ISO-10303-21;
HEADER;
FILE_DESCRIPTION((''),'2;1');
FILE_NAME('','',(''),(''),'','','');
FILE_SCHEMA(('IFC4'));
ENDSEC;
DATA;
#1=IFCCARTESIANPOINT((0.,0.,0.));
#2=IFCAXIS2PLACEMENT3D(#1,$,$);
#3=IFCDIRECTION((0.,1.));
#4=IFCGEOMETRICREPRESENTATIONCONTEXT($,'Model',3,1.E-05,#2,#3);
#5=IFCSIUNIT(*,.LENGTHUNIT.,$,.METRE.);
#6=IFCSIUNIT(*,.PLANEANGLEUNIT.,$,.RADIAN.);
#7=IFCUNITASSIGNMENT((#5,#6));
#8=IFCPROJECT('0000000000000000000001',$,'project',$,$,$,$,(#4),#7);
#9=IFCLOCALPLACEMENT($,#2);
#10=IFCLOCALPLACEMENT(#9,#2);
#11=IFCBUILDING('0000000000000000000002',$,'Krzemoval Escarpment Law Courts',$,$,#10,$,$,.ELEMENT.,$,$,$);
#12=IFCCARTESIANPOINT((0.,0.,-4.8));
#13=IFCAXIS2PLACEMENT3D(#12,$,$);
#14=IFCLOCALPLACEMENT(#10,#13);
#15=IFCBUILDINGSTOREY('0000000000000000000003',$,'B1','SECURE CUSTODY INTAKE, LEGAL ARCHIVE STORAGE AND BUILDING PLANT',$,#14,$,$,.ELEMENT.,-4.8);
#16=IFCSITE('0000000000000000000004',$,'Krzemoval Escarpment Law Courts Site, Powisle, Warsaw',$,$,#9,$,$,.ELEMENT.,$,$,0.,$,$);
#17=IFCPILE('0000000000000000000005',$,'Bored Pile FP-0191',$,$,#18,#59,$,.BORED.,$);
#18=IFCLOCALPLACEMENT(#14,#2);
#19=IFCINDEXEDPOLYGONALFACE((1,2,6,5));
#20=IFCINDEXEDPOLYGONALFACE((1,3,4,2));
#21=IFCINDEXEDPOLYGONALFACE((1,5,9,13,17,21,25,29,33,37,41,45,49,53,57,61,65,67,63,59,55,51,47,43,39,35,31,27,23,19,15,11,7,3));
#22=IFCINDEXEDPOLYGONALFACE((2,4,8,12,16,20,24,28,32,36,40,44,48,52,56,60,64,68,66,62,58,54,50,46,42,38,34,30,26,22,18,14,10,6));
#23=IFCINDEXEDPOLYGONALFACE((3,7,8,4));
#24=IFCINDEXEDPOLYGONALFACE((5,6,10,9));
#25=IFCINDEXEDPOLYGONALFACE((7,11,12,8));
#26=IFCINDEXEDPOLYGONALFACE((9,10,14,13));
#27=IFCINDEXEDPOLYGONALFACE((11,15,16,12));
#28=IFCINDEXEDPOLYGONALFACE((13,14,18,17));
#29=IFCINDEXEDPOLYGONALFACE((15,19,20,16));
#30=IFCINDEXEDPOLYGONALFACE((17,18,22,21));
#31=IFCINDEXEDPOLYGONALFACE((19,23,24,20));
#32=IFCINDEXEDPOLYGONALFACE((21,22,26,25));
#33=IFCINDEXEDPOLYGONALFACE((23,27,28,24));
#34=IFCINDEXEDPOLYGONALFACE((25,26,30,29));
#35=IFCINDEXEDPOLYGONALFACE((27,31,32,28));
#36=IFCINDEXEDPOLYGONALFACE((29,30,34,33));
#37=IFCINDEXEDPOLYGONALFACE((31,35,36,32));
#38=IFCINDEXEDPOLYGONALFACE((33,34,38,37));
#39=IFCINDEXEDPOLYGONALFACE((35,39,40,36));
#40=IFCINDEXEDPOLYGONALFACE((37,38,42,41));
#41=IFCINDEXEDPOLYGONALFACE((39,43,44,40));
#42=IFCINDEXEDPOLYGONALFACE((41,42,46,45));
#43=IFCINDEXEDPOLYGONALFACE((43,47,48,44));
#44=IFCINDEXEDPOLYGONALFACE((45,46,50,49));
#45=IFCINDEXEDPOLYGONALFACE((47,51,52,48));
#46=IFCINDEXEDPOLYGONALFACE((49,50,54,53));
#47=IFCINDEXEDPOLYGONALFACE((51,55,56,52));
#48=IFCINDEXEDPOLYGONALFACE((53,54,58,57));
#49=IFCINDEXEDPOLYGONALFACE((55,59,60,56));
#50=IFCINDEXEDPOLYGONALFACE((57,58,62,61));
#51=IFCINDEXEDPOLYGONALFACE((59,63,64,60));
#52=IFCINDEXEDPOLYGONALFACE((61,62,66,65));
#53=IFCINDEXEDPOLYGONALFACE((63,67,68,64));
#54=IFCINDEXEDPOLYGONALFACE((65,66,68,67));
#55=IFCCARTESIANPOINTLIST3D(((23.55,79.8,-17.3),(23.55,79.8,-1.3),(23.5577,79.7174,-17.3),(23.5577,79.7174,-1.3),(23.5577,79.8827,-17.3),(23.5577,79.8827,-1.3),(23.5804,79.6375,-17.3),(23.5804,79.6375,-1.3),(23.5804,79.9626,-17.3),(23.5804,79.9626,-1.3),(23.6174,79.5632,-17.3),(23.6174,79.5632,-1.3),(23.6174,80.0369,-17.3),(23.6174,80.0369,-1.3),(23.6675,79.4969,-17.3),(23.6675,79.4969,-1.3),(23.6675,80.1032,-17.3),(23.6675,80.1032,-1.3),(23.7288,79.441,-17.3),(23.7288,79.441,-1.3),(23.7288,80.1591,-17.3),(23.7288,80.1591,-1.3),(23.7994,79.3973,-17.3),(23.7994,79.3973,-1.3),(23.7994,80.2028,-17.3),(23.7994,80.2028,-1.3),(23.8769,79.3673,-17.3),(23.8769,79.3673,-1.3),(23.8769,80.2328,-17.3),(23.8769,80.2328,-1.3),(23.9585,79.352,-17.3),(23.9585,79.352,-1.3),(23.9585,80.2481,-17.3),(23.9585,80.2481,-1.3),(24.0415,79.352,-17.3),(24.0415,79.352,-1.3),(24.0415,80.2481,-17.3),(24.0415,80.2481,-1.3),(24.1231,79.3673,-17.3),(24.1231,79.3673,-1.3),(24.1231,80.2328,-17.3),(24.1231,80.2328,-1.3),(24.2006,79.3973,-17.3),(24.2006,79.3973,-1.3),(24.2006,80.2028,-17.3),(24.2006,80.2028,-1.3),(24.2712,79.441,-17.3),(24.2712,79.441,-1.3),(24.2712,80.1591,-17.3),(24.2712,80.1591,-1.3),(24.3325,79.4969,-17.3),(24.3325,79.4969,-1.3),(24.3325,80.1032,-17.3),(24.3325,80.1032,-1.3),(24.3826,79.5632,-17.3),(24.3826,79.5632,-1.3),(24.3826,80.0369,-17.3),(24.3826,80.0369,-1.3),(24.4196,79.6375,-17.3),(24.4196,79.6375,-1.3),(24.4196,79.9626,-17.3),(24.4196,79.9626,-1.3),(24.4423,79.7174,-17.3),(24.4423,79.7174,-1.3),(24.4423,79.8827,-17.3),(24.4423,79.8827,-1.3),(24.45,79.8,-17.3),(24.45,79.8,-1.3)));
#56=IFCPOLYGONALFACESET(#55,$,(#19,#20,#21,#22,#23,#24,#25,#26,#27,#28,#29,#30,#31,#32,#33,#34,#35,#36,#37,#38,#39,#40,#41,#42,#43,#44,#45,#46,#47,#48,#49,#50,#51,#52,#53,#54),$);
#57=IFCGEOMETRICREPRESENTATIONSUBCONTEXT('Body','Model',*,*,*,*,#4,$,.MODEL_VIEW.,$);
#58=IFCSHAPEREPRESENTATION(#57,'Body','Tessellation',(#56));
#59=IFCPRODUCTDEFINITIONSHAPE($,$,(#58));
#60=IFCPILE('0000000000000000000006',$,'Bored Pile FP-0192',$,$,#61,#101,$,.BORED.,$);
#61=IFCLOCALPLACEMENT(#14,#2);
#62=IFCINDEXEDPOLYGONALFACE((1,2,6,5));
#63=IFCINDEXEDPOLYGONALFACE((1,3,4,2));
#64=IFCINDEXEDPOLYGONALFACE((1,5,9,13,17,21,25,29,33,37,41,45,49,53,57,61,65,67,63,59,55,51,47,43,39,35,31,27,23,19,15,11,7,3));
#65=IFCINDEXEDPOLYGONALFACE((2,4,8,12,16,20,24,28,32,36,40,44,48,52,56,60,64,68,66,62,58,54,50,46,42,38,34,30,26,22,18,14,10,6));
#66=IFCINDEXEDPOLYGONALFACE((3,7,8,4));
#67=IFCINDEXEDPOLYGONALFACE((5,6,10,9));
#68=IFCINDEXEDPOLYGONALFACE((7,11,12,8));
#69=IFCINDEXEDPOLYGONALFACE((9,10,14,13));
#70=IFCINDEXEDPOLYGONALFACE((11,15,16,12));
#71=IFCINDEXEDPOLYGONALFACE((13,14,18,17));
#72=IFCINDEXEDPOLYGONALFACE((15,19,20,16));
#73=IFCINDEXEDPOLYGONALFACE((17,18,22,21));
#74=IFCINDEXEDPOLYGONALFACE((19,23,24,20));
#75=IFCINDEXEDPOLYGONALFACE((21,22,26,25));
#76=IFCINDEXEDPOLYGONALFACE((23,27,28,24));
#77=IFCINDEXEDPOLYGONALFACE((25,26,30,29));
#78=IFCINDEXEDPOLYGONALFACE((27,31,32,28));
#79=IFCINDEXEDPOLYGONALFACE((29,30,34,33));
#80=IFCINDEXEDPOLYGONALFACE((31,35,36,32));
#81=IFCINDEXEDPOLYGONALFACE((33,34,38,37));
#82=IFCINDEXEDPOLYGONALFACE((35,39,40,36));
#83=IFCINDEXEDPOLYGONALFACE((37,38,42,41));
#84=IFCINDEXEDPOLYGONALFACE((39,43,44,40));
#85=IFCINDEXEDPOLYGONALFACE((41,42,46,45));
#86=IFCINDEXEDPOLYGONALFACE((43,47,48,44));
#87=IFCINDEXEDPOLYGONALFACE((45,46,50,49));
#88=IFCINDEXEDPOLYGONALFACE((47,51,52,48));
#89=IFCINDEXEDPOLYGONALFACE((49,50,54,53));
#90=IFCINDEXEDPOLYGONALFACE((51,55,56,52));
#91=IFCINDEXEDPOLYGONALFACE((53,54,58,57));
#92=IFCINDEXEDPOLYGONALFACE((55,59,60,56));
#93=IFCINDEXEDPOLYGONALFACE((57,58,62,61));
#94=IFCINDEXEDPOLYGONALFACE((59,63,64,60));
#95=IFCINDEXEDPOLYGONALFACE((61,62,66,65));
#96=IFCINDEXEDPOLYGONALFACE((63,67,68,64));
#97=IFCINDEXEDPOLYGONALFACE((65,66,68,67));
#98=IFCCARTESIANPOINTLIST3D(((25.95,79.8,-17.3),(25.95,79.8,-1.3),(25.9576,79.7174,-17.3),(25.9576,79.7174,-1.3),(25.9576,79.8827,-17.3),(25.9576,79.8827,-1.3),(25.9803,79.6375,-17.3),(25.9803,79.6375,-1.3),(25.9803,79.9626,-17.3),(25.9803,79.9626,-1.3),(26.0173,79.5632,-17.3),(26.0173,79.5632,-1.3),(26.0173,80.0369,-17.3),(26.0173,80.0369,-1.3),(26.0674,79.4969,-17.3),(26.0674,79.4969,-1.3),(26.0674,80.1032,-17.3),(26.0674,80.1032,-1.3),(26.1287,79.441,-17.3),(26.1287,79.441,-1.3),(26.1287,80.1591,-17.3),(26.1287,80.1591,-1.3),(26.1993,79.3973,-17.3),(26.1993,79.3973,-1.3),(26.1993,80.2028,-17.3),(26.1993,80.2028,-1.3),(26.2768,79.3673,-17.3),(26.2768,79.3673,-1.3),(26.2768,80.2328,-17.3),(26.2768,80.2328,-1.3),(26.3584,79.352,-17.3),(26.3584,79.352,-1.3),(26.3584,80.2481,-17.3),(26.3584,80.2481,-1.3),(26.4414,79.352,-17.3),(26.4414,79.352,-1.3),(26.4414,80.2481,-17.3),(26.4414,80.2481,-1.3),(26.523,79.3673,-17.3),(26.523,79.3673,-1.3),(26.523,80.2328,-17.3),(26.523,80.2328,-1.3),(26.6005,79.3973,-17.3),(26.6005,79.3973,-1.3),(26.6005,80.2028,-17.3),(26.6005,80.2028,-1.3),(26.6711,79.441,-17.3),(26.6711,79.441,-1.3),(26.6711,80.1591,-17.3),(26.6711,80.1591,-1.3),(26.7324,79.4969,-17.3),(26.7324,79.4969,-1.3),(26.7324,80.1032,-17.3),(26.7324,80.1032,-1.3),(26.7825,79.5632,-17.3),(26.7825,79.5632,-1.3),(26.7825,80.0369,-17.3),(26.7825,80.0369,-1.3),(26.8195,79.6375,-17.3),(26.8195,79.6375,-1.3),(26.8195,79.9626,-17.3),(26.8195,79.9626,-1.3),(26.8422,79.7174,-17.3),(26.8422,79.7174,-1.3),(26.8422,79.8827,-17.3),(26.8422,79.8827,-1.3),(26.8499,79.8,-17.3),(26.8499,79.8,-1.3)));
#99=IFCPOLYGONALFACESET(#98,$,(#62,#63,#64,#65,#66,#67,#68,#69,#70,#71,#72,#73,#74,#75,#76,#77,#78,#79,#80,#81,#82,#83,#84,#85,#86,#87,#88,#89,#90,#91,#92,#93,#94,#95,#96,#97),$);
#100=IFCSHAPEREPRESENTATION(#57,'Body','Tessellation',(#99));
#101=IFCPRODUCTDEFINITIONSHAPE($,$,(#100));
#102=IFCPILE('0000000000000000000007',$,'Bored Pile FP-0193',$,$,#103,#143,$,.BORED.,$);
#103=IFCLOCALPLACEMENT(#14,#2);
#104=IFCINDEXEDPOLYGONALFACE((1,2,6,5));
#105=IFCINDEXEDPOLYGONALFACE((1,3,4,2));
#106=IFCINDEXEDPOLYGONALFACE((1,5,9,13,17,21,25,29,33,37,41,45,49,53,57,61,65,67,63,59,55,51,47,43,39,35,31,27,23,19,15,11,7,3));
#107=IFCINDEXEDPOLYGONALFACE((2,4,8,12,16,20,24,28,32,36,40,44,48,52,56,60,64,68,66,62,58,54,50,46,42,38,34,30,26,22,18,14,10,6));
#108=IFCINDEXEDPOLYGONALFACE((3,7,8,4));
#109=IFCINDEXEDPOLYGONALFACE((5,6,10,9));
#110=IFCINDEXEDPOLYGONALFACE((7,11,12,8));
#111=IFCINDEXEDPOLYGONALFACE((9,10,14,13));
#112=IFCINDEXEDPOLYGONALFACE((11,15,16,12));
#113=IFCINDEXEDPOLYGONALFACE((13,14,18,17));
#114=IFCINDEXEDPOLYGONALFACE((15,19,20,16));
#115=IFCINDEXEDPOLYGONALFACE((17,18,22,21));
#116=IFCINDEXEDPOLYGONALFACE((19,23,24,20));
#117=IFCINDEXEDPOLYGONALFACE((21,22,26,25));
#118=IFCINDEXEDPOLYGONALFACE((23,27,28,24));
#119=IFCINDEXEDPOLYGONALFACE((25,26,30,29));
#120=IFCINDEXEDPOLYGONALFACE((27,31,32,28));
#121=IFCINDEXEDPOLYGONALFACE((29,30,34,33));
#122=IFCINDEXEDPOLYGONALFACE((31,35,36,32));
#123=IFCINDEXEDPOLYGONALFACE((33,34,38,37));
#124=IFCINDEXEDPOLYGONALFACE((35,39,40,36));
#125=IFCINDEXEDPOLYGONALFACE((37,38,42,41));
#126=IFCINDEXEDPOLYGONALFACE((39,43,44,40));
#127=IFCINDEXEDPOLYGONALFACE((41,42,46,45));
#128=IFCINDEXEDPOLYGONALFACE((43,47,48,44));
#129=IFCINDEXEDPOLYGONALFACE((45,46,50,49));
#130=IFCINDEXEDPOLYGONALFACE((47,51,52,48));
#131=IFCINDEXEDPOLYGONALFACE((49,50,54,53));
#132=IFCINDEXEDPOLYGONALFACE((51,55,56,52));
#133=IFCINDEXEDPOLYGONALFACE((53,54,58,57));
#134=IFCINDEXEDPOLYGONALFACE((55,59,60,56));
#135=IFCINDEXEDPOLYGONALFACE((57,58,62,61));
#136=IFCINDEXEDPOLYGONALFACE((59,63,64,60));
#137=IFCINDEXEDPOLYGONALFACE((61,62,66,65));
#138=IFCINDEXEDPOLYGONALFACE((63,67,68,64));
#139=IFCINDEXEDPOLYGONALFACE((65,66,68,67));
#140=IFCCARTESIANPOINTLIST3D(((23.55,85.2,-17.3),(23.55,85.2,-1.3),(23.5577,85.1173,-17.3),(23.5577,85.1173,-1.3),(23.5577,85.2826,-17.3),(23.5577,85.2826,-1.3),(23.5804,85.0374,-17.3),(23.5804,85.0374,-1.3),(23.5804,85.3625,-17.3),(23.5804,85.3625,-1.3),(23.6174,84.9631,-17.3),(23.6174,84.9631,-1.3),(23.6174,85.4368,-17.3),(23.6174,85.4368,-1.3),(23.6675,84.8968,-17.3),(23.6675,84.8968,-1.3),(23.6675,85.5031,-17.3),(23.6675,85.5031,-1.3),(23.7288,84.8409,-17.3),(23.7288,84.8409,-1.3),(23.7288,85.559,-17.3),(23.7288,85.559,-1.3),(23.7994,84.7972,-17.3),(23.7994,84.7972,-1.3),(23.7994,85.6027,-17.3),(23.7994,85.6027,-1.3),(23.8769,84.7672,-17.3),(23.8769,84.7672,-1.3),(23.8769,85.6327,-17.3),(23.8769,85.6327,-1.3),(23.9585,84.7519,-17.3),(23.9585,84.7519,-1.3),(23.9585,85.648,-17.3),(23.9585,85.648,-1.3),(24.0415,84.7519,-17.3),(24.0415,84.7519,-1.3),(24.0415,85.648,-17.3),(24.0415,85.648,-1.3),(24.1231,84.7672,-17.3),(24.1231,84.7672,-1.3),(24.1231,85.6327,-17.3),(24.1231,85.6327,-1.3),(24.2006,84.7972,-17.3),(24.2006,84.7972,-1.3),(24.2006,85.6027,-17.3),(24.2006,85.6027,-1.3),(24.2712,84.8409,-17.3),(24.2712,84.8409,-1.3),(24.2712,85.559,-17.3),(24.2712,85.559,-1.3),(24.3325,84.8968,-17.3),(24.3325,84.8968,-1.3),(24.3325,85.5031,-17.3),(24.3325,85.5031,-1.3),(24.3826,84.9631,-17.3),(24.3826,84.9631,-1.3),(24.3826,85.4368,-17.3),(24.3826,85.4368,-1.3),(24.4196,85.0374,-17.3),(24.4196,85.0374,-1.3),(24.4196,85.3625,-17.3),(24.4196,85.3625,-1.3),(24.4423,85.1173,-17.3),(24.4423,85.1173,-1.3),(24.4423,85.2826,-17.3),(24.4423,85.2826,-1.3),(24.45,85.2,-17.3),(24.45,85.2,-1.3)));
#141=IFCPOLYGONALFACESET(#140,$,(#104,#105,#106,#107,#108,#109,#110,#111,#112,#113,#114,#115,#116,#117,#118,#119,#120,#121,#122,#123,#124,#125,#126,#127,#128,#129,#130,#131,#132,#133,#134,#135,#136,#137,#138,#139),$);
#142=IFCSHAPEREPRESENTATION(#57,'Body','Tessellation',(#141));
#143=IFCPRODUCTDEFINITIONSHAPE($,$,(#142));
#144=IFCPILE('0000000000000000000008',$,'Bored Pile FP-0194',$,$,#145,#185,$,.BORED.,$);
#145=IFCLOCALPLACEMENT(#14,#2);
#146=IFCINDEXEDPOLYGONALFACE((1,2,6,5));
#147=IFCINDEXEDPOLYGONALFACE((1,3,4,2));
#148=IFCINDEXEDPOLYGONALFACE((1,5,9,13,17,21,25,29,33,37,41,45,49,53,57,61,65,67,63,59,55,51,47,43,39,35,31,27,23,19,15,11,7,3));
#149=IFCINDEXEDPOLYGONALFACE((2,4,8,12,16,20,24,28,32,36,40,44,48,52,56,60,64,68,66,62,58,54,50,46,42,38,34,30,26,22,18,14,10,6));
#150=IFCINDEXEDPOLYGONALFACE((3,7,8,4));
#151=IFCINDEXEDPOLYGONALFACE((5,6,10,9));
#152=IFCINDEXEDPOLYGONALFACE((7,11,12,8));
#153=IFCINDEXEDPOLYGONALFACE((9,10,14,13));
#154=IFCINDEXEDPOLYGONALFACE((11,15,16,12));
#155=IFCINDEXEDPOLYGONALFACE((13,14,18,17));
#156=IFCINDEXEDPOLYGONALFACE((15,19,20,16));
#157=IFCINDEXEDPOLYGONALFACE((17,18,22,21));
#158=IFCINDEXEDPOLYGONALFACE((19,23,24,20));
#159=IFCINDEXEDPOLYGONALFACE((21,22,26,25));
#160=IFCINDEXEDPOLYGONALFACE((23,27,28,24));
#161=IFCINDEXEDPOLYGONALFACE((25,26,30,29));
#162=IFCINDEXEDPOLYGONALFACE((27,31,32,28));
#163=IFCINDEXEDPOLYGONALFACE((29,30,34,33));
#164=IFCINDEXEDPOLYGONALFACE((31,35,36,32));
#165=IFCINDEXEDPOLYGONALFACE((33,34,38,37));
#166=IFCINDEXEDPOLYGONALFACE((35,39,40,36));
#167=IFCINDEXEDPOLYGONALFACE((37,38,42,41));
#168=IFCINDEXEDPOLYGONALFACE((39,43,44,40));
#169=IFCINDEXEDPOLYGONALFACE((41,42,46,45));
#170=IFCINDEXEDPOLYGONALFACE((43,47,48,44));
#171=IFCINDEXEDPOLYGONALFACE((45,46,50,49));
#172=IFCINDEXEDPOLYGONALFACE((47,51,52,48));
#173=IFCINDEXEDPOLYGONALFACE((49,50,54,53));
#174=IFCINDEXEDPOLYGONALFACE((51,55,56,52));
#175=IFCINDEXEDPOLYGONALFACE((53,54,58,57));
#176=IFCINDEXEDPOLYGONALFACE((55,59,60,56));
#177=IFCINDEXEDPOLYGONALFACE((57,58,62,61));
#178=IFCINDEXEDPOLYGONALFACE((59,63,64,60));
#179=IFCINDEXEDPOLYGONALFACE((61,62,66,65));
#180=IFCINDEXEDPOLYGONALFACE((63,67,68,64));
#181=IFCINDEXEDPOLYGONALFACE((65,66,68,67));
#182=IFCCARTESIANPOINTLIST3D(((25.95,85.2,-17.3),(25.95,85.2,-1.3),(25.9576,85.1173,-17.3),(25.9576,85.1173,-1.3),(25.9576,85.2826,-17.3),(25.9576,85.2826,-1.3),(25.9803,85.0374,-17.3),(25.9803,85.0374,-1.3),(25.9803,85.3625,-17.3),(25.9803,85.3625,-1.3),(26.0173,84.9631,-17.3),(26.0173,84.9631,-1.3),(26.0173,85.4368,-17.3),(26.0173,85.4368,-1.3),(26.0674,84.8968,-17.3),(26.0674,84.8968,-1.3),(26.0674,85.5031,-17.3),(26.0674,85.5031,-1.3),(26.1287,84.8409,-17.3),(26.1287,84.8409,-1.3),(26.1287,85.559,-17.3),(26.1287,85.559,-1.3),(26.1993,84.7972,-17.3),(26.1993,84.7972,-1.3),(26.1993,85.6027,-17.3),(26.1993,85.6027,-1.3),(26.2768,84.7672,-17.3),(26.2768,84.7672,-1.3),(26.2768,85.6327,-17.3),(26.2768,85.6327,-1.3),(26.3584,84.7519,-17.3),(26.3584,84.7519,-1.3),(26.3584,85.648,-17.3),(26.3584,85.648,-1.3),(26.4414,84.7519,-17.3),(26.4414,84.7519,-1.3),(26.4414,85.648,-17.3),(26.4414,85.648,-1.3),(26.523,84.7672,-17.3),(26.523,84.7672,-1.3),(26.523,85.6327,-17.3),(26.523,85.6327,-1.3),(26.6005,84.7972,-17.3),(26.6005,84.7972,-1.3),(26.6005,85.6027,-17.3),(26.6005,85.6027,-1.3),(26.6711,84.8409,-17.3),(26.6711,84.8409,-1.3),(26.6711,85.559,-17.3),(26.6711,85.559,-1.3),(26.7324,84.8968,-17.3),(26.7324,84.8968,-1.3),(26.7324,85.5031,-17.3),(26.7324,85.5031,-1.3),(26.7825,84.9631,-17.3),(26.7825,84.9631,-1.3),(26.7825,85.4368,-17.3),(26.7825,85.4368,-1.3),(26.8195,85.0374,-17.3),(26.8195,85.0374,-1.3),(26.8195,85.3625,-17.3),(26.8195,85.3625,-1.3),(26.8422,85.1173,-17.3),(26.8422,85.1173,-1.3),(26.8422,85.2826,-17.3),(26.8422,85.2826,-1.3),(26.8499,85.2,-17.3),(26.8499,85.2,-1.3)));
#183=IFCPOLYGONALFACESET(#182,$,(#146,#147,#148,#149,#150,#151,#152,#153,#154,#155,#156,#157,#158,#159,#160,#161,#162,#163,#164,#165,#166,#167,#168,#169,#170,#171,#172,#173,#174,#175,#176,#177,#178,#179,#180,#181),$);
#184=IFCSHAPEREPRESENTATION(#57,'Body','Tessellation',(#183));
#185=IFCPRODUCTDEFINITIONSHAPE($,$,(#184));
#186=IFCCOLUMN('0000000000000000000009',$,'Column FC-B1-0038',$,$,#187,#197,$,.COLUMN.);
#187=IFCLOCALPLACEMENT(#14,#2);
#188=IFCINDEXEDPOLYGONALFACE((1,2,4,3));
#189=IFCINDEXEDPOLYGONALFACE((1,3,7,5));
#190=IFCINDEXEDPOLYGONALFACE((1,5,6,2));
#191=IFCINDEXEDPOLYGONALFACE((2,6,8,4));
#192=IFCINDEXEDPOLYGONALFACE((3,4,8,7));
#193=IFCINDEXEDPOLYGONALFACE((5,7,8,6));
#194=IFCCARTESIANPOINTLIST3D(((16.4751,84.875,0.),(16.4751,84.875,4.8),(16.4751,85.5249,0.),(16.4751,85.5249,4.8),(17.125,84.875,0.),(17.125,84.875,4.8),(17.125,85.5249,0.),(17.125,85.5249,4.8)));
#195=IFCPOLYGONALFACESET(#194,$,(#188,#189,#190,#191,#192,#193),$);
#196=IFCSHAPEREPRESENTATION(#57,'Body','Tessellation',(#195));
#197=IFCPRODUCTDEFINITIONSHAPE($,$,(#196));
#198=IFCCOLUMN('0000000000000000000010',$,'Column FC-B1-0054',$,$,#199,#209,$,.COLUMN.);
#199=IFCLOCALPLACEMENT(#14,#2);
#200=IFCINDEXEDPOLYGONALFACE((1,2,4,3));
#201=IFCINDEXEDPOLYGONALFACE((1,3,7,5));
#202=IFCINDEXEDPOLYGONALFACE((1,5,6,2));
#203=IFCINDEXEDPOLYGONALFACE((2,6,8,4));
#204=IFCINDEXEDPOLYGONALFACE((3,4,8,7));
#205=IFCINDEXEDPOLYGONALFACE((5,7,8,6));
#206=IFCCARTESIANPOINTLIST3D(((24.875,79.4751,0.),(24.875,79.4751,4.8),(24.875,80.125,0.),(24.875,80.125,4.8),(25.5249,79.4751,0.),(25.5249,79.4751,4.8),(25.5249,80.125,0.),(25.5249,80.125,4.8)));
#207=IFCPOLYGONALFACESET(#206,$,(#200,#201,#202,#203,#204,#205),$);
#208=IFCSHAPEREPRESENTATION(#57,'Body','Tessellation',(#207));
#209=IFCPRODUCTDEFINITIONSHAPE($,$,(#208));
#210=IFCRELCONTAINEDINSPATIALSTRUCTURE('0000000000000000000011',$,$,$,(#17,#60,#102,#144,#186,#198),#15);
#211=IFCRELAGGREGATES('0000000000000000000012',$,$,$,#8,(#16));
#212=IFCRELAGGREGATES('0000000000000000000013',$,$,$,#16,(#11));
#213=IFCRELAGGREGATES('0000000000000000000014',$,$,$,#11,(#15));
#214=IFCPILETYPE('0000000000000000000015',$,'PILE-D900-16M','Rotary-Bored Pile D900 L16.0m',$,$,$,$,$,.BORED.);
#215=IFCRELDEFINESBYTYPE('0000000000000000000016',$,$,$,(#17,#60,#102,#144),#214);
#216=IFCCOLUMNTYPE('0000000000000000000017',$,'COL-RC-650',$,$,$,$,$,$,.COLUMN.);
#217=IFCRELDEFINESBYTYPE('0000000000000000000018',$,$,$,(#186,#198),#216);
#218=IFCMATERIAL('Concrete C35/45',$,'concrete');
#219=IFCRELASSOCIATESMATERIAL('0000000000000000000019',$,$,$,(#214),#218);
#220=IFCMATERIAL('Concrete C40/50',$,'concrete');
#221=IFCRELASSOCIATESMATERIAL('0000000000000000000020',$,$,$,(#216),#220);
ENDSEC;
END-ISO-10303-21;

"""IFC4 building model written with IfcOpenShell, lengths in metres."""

from ifc_helpers import new_model, si_unit, direction, frame, origin, origin_2d, place, context, subcontext, project, spatial, rectangle, circle, extrude, material, material_profile, profile_set, type_object, element, save


model = new_model("IFC4")

# Units and contexts
model_context = context("Model", 3, precision=1e-05, world=origin(), true_north=direction((0.0, 1.0)))
body_context = subcontext(model_context, "Body", "Model", "MODEL_VIEW")
ifc_project = project(units=[si_unit("LENGTHUNIT", "METRE"), si_unit("PLANEANGLEUNIT", "RADIAN")], contexts=[model_context])

# Site, building, storey
site_placement = place(None, origin())
site = spatial("IfcSite", under=ifc_project, at=site_placement, Name="Krzemoval Escarpment Law Courts Site, Powisle, Warsaw", CompositionType="ELEMENT", RefElevation=0.0)
building_placement = place(site_placement, origin())
building = spatial("IfcBuilding", under=site, at=building_placement, Name="Krzemoval Escarpment Law Courts", CompositionType="ELEMENT")
storey_placement = place(building_placement, frame((0.0, 0.0, -4.8)))
storey = spatial("IfcBuildingStorey", under=building, at=storey_placement, Name="B1", Description="SECURE CUSTODY INTAKE, LEGAL ARCHIVE STORAGE AND BUILDING PLANT", CompositionType="ELEMENT", Elevation=-4.8)

# Piles
ifc_material_1 = material(Name="Concrete C35/45", Category="concrete")
ifc_material_profile_1 = material_profile(ifc_material_1, circle(Radius=0.45, at=origin_2d()), Name="PILE D900")
ifc_profile_set_1 = profile_set([ifc_material_profile_1], Name="Concrete C35/45")
pile_type = type_object("IfcPileType", Name="PILE-D900-16M", Description="Rotary-Bored Pile D900 L16.0m", PredefinedType="BORED", material=ifc_profile_set_1)
for number, where, z_axis, x_axis, name in (
    (1, (24.0, 79.8, -1.3), (0.0, 0.0, -1.0), (1.0, 0.0, 0.0), "Bored Pile FP-0191"),
    (2, (26.3999, 79.8, -1.3), (0.0, 0.0, -1.0), (1.0, 0.0, 0.0), "Bored Pile FP-0192"),
    (3, (24.0, 85.2, -1.3), (0.0, 0.0, -1.0), (1.0, 0.0, 0.0), "Bored Pile FP-0193"),
    (4, (26.3999, 85.2, -1.3), (0.0, 0.0, -1.0), (1.0, 0.0, 0.0), "Bored Pile FP-0194"),
):
    element("IfcPile", number, at=place(storey_placement, frame(where, z_axis=z_axis, x_axis=x_axis)), inside=storey, type_object=pile_type, Name=name, PredefinedType="BORED", context=body_context, shape_type="SweptSolid", body=[
        extrude(circle(Radius=0.45, at=origin_2d()), origin(), (0.0, 0.0, 1.0), 16.0),
    ])

# Columns
ifc_material_2 = material(Name="Concrete C40/50", Category="concrete")
ifc_material_profile_2 = material_profile(ifc_material_2, rectangle(XDim=0.6499, YDim=0.6499, at=origin_2d()), Name="RC 650x650")
ifc_profile_set_2 = profile_set([ifc_material_profile_2], Name="Concrete C40/50")
column_type = type_object("IfcColumnType", Name="COL-RC-650", PredefinedType="COLUMN", material=ifc_profile_set_2)
for number, where, z_axis, x_axis, name in (
    (5, (16.8, 85.2, 0.0), (0.0, 0.0, 1.0), (1.0, 0.0, 0.0), "Column FC-B1-0038"),
    (6, (25.2, 79.8, 0.0), (0.0, 0.0, 1.0), (1.0, 0.0, 0.0), "Column FC-B1-0054"),
):
    element("IfcColumn", number, at=place(storey_placement, frame(where, z_axis=z_axis, x_axis=x_axis)), inside=storey, type_object=column_type, Name=name, PredefinedType="COLUMN", context=body_context, shape_type="SweptSolid", body=[
        extrude(rectangle(XDim=0.6499, YDim=0.6499, at=origin_2d()), origin(), (0.0, 0.0, 1.0), 4.8),
    ])

save(model, "model.ifc")
